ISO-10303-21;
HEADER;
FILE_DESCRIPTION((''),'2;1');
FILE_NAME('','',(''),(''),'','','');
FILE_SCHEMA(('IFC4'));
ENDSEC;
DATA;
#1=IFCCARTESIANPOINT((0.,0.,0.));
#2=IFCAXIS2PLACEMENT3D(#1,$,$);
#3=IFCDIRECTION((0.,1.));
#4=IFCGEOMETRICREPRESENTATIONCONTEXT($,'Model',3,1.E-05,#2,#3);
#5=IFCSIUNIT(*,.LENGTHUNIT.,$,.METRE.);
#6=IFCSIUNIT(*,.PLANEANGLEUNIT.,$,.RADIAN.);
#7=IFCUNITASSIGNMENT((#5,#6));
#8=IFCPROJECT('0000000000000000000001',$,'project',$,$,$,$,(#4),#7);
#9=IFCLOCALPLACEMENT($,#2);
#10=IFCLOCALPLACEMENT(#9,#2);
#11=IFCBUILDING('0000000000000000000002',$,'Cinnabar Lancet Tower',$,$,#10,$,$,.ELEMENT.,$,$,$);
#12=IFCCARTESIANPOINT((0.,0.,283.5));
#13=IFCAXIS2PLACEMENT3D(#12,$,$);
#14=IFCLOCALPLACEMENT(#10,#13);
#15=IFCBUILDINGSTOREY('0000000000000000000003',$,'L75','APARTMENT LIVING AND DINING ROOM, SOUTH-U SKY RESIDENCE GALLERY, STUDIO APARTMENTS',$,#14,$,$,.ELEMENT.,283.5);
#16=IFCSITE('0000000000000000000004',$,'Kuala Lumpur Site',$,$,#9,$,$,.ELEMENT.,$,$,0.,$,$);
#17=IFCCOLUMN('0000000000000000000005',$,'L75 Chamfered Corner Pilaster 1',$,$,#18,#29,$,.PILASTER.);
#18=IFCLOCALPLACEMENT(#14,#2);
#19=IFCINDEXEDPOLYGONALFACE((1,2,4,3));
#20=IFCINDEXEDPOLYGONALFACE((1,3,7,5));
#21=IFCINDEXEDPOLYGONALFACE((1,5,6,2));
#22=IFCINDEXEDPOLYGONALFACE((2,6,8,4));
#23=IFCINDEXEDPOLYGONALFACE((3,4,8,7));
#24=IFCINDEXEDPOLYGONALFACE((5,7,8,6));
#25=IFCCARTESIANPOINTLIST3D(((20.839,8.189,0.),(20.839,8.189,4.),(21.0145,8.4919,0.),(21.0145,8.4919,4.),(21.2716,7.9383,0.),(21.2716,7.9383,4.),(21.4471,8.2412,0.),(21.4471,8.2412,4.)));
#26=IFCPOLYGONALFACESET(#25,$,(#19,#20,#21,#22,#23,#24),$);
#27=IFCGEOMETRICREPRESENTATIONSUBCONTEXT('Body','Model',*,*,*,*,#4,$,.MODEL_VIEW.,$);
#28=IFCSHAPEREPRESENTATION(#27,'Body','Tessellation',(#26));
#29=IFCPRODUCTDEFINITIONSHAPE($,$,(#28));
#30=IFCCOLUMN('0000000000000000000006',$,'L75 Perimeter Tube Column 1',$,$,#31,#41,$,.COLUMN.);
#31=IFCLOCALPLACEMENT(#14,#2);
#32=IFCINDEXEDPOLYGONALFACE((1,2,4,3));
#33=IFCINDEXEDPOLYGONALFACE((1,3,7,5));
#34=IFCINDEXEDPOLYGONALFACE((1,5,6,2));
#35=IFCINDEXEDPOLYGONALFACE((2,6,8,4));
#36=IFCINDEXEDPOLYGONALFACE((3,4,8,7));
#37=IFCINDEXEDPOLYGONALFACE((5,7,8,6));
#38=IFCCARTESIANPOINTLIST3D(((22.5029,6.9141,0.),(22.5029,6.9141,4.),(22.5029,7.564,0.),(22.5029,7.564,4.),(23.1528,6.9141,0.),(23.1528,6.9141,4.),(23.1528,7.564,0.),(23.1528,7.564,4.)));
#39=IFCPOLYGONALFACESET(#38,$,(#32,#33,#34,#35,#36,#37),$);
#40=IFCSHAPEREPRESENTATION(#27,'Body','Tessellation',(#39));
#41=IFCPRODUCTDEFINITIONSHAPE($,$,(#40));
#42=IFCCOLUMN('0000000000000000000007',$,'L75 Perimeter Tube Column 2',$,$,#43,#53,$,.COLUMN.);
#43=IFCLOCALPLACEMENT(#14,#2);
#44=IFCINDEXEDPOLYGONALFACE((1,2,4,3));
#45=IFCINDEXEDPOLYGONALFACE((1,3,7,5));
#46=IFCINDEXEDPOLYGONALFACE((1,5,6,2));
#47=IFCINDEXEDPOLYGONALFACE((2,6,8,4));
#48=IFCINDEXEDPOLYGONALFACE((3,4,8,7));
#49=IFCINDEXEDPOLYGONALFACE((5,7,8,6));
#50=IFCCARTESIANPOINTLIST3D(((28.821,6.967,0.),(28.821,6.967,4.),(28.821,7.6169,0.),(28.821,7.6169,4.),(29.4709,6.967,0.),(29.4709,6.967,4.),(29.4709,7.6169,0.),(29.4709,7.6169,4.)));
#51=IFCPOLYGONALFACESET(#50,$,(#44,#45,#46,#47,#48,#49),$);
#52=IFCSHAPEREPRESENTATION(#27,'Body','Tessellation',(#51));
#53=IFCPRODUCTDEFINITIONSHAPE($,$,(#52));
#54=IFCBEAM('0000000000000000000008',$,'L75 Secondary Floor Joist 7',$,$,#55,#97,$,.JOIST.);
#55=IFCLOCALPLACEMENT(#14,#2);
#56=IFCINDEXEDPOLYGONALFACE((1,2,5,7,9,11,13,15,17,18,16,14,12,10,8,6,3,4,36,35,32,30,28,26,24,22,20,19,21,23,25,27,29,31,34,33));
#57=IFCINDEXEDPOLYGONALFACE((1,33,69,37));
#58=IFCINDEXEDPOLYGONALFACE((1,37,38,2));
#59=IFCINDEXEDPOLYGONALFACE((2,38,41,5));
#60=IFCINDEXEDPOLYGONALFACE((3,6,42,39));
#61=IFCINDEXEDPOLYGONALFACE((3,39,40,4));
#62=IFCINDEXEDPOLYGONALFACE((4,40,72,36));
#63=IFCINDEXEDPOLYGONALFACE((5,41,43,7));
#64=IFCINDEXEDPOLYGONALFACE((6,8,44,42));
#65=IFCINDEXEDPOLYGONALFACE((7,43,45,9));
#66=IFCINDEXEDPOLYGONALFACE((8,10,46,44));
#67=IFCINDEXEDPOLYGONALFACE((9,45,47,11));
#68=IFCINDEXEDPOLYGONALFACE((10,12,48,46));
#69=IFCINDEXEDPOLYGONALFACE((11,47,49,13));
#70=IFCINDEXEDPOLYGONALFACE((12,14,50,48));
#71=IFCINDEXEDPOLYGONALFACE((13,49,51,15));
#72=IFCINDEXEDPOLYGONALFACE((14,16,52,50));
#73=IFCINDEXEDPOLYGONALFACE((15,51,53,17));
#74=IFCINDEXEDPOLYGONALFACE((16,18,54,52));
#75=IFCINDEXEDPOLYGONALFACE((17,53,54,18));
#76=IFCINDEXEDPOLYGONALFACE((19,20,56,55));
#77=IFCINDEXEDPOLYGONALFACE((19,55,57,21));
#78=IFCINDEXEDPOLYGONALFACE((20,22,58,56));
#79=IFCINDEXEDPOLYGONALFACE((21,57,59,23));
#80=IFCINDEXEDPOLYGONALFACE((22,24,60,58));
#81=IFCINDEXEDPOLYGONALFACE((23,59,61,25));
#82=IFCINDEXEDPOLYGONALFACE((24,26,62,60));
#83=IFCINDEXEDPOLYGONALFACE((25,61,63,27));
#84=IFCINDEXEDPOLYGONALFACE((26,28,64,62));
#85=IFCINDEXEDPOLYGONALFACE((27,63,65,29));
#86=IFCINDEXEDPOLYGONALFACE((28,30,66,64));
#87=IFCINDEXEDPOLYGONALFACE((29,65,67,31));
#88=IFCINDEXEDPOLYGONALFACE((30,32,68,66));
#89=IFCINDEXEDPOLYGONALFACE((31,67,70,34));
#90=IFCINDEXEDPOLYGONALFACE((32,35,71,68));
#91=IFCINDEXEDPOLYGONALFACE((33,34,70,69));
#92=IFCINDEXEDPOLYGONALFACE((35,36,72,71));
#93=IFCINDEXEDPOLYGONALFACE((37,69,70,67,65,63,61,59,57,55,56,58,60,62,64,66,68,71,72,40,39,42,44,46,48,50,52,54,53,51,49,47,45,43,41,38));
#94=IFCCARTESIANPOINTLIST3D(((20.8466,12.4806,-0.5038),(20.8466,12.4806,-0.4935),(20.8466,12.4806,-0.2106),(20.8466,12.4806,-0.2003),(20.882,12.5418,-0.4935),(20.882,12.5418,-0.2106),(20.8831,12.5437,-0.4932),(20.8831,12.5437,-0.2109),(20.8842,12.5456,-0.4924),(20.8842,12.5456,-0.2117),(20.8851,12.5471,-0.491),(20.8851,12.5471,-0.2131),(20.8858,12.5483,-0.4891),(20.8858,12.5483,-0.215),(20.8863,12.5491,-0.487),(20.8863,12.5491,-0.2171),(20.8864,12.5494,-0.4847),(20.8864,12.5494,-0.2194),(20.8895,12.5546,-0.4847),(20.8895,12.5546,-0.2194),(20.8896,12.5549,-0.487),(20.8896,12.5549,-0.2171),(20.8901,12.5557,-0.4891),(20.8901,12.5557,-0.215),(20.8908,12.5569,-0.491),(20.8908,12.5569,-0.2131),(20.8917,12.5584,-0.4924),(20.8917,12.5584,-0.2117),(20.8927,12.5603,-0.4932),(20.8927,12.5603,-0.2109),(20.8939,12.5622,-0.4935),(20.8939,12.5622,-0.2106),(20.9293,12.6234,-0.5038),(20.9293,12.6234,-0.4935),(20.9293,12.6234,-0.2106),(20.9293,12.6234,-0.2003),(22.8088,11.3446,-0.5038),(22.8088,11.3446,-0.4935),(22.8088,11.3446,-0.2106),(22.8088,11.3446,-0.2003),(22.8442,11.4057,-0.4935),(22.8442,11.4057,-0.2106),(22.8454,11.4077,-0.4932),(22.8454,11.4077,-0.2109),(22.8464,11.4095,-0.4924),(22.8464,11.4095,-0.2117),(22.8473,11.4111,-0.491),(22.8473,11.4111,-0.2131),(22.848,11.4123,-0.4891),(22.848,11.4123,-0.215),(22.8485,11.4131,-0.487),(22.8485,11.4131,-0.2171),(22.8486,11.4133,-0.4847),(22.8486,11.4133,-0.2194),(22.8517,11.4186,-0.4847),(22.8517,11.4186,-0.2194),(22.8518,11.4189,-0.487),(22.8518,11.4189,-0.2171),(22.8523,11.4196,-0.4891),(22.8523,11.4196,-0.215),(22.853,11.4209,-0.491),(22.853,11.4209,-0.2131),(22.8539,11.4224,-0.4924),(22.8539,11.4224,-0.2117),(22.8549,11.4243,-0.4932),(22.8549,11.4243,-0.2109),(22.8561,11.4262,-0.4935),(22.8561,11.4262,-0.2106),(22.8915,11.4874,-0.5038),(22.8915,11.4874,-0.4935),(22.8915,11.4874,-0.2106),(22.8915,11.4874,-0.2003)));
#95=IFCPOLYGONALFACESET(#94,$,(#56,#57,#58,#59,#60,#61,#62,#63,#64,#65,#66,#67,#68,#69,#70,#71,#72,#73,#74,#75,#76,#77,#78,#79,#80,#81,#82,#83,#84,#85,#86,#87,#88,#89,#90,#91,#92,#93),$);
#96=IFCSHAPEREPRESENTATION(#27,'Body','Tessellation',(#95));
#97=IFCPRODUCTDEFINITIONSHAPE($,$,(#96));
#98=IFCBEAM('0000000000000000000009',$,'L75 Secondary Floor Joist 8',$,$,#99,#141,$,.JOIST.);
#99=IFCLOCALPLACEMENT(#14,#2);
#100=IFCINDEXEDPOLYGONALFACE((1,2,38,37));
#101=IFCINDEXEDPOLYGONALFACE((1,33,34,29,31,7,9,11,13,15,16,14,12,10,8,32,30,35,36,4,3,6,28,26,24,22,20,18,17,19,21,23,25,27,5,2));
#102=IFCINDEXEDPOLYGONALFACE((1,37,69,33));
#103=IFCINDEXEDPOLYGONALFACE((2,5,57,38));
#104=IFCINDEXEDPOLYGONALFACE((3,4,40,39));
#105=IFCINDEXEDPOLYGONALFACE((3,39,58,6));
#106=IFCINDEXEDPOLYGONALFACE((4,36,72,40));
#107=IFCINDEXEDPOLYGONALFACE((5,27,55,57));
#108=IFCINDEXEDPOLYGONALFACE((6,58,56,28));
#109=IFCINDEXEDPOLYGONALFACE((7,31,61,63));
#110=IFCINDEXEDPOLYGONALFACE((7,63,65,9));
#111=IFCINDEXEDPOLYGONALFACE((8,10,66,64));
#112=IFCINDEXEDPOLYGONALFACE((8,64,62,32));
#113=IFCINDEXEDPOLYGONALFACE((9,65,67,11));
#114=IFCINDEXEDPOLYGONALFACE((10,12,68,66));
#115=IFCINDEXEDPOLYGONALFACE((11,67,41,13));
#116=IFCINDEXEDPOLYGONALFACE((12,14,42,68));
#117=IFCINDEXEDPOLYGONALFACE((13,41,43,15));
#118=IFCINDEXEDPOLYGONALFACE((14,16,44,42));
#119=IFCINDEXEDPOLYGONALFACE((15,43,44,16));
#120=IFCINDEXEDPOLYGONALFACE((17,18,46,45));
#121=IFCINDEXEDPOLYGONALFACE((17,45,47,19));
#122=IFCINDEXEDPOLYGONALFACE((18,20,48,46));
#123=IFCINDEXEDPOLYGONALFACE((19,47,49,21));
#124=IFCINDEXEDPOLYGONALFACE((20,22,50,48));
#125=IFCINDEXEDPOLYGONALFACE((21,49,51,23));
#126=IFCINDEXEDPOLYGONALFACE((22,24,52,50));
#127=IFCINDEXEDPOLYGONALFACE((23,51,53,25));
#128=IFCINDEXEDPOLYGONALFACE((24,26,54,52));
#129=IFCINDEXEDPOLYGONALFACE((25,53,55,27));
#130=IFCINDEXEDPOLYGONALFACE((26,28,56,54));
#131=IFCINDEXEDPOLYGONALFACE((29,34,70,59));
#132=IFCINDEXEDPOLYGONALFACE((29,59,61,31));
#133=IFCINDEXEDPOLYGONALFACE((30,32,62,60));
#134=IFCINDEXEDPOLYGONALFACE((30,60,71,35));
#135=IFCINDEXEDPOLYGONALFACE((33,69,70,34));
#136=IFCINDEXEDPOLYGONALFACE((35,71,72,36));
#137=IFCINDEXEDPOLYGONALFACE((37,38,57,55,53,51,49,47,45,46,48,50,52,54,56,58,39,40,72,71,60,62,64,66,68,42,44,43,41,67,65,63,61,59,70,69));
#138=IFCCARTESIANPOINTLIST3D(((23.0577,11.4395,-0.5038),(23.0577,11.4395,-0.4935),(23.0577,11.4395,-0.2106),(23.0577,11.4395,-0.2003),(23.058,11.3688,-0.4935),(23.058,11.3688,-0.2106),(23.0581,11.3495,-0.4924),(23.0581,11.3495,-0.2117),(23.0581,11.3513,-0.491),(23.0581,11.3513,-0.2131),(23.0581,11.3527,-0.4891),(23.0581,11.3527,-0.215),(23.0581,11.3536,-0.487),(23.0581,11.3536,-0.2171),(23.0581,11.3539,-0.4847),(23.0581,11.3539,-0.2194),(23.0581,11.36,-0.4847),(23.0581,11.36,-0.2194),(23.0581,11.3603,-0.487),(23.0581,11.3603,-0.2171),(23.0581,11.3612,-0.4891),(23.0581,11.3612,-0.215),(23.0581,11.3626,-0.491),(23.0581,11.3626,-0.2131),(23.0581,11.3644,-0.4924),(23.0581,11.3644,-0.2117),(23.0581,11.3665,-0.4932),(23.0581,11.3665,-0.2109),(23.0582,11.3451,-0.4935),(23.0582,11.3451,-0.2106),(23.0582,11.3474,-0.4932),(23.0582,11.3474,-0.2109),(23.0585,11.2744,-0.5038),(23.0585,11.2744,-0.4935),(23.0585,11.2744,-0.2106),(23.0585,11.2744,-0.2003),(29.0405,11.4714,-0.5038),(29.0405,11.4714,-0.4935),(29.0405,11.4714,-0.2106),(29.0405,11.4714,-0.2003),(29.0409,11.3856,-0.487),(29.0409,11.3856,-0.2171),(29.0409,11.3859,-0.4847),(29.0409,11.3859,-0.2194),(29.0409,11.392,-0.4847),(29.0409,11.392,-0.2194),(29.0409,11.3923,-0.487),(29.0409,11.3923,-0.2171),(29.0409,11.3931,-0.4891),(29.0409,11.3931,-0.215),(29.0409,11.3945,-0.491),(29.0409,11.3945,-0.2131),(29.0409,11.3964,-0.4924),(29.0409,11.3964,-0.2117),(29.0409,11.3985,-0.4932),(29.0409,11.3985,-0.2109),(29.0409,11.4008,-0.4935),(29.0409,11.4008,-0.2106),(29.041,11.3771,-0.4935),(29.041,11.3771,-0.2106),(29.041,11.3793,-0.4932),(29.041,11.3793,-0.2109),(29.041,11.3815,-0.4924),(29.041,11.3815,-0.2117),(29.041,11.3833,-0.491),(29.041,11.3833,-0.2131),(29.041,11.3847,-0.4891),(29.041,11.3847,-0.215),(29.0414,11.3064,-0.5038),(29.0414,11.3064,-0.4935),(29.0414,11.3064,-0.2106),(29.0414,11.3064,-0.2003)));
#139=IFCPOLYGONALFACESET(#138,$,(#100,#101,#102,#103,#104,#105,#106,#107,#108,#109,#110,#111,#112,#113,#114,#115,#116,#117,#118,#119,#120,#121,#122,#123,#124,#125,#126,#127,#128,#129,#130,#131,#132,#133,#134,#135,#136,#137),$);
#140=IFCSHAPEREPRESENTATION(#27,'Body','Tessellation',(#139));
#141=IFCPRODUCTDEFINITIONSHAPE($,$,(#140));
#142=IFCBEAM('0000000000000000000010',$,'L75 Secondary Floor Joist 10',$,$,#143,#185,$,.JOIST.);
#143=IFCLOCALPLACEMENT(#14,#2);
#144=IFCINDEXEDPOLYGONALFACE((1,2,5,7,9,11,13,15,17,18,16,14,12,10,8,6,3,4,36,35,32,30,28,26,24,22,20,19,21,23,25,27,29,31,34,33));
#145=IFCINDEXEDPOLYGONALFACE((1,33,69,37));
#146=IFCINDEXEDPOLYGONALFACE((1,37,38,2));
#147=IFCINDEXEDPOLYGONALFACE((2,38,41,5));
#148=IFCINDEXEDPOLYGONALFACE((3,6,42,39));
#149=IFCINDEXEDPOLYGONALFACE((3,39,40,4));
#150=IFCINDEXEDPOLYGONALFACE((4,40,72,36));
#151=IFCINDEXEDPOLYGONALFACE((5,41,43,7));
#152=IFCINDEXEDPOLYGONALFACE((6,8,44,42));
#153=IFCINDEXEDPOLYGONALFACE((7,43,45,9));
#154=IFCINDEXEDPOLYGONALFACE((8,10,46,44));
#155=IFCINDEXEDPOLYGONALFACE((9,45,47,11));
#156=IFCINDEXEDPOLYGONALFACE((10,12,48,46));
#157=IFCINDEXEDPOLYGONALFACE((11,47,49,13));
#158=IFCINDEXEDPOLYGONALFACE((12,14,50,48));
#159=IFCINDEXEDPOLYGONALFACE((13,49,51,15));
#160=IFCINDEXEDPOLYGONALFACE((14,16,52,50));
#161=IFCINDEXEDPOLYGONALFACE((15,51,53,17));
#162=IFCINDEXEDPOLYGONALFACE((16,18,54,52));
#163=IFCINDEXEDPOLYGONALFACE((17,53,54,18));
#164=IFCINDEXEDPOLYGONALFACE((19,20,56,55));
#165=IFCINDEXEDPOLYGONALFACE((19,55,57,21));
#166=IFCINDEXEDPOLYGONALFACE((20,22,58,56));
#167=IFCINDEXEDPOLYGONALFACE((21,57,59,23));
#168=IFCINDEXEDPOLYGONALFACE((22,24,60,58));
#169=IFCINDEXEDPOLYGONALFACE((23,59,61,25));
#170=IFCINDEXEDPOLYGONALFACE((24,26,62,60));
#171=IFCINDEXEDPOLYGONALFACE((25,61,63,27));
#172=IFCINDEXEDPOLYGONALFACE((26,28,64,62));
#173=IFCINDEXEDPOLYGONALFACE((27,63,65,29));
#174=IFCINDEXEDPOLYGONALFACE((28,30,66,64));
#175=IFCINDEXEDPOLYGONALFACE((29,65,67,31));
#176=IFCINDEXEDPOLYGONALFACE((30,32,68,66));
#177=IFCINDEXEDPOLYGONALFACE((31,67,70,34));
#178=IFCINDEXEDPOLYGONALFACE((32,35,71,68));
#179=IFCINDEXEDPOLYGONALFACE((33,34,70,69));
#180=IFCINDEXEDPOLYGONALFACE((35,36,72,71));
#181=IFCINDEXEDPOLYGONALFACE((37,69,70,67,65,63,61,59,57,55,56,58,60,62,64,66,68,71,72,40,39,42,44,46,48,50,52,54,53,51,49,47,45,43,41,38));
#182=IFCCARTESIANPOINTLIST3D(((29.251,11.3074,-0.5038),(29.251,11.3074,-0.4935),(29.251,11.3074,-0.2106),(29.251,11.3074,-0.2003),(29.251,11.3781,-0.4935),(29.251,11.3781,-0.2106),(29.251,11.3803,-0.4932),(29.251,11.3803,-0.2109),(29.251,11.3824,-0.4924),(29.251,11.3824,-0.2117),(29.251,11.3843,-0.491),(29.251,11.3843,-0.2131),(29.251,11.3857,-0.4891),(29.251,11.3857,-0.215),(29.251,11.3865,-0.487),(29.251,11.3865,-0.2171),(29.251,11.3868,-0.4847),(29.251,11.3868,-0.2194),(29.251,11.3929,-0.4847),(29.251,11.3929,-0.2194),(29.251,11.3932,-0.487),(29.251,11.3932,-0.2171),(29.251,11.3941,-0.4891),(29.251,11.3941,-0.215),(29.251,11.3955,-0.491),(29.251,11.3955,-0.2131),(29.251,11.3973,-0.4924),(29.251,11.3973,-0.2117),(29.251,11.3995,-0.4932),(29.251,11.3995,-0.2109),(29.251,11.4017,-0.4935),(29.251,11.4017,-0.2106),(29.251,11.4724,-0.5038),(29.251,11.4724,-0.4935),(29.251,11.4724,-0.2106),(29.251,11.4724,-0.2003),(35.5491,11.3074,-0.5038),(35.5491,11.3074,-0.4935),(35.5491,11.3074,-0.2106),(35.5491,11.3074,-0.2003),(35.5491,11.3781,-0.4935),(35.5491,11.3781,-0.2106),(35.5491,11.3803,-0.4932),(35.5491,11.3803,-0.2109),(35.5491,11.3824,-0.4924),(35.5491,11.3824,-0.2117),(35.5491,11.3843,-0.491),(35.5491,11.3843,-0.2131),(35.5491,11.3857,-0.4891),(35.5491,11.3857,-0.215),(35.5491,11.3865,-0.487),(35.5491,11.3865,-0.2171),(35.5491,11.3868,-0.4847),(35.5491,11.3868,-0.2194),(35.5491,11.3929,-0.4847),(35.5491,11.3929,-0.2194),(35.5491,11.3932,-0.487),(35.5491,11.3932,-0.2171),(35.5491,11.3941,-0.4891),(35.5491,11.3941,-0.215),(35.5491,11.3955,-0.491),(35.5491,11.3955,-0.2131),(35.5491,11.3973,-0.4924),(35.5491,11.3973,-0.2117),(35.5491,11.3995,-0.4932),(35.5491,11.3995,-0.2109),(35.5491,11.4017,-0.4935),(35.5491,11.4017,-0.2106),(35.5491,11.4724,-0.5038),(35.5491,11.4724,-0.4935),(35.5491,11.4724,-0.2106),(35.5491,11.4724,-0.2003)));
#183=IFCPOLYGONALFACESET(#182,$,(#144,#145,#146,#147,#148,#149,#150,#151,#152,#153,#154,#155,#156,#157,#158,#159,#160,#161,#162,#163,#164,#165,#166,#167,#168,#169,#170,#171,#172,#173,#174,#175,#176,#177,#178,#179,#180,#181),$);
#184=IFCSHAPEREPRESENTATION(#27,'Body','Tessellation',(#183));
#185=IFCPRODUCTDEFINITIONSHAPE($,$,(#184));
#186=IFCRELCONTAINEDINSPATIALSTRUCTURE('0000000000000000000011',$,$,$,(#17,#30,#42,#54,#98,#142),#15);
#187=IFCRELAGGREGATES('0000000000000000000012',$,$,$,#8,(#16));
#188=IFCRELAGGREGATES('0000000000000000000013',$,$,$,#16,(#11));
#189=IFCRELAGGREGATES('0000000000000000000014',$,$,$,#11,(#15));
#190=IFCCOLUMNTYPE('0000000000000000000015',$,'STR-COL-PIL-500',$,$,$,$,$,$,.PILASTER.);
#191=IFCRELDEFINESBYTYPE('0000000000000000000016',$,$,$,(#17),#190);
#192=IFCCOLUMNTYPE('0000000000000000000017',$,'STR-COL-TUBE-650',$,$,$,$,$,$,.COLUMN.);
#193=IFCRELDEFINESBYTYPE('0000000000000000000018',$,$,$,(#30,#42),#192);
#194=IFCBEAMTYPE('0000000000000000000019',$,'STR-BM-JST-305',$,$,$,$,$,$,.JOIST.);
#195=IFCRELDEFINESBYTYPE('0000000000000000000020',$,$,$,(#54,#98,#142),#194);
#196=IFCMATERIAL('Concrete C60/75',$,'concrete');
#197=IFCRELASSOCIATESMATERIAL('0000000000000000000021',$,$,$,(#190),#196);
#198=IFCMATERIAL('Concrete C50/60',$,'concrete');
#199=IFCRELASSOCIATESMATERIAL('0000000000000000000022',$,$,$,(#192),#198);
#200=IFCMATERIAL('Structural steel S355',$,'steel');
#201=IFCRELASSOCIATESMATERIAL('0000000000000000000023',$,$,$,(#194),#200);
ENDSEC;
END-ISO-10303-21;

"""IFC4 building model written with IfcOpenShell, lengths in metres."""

from ifc_helpers import new_model, si_unit, direction, frame, origin, origin_2d, place, context, subcontext, project, spatial, rectangle, i_section, extrude, material, material_profile, profile_set, type_object, element, save


model = new_model("IFC4")

# Units and contexts
model_context = context("Model", 3, precision=1e-05, world=origin(), true_north=direction((0.0, 1.0)))
body_context = subcontext(model_context, "Body", "Model", "MODEL_VIEW")
ifc_project = project(units=[si_unit("LENGTHUNIT", "METRE"), si_unit("PLANEANGLEUNIT", "RADIAN")], contexts=[model_context])

# Site, building, storey
site_placement = place(None, origin())
site = spatial("IfcSite", under=ifc_project, at=site_placement, Name="Kuala Lumpur Site", CompositionType="ELEMENT", RefElevation=0.0)
building_placement = place(site_placement, origin())
building = spatial("IfcBuilding", under=site, at=building_placement, Name="Cinnabar Lancet Tower", CompositionType="ELEMENT")
storey_placement = place(building_placement, frame((0.0, 0.0, 283.5)))
storey = spatial("IfcBuildingStorey", under=building, at=storey_placement, Name="L75", Description="APARTMENT LIVING AND DINING ROOM, SOUTH-U SKY RESIDENCE GALLERY, STUDIO APARTMENTS", CompositionType="ELEMENT", Elevation=283.5)

# Columns
ifc_material_1 = material(Name="Concrete C60/75", Category="concrete")
ifc_material_profile_1 = material_profile(ifc_material_1, rectangle(XDim=0.5, YDim=0.3501, at=origin_2d()), Name="RC-PIL 500x350")
ifc_profile_set_1 = profile_set([ifc_material_profile_1], Name="Concrete C60/75")
column_type_1 = type_object("IfcColumnType", Name="STR-COL-PIL-500", PredefinedType="PILASTER", material=ifc_profile_set_1)
column_placement = place(storey_placement, frame((21.1431, 8.2151, 0.0), z_axis=(0.0, 0.0, 1.0), x_axis=(0.865256, -0.50133, 0.0)))
element("IfcColumn", 1, at=column_placement, inside=storey, type_object=column_type_1, Name="L75 Chamfered Corner Pilaster 1", PredefinedType="PILASTER", context=body_context, shape_type="SweptSolid", body=[
    extrude(rectangle(XDim=0.5, YDim=0.3501, at=origin_2d()), origin(), (0.0, 0.0, 1.0), 4.0),
])
ifc_material_2 = material(Name="Concrete C50/60", Category="concrete")
ifc_material_profile_2 = material_profile(ifc_material_2, rectangle(XDim=0.6499, YDim=0.6499, at=origin_2d()), Name="RC-COL 650x650")
ifc_profile_set_2 = profile_set([ifc_material_profile_2], Name="Concrete C50/60")
column_type_2 = type_object("IfcColumnType", Name="STR-COL-TUBE-650", PredefinedType="COLUMN", material=ifc_profile_set_2)
for number, where, z_axis, x_axis, name in (
    (2, (22.8279, 7.239, 0.0), (0.0, 0.0, 1.0), (1.0, 0.0, 0.0), "L75 Perimeter Tube Column 1"),
    (3, (29.146, 7.292, 0.0), (0.0, 0.0, 1.0), (1.0, 0.0, 0.0), "L75 Perimeter Tube Column 2"),
):
    element("IfcColumn", number, at=place(storey_placement, frame(where, z_axis=z_axis, x_axis=x_axis)), inside=storey, type_object=column_type_2, Name=name, PredefinedType="COLUMN", context=body_context, shape_type="SweptSolid", body=[
        extrude(rectangle(XDim=0.6499, YDim=0.6499, at=origin_2d()), origin(), (0.0, 0.0, 1.0), 4.0),
    ])

# Beams
ifc_material_3 = material(Name="Structural steel S355", Category="steel")
ifc_material_profile_3 = material_profile(ifc_material_3, i_section(OverallWidth=0.165, OverallDepth=0.3035, WebThickness=0.0061, FlangeThickness=0.0103, FilletRadius=0.0088, at=origin_2d()), Name="UKB 305x165x40")
ifc_profile_set_3 = profile_set([ifc_material_profile_3], Name="Structural steel S355")
beam_type_1 = type_object("IfcBeamType", Name="STR-BM-JST-305", PredefinedType="JOIST", material=ifc_profile_set_3)
beam_1_placement = place(storey_placement, frame((20.8879, 12.552, -0.3521), z_axis=(0.865426, -0.501036, 0.0), x_axis=(0.501036, 0.865426, 0.0)))
element("IfcBeam", 4, at=beam_1_placement, inside=storey, type_object=beam_type_1, Name="L75 Secondary Floor Joist 7", PredefinedType="JOIST", context=body_context, shape_type="SweptSolid", body=[
    extrude(i_section(OverallWidth=0.165, OverallDepth=0.3035, WebThickness=0.0061, FlangeThickness=0.0103, FilletRadius=0.0088, at=origin_2d()), origin(), (0.0, 0.0, 1.0), 2.2673),
])
beam_2_placement = place(storey_placement, frame((23.0581, 11.3569, -0.3521), z_axis=(0.999986, 0.005346, 0.0), x_axis=(-0.005346, 0.999986, 0.0)))
element("IfcBeam", 5, at=beam_2_placement, inside=storey, type_object=beam_type_1, Name="L75 Secondary Floor Joist 8", PredefinedType="JOIST", context=body_context, shape_type="SweptSolid", body=[
    extrude(i_section(OverallWidth=0.165, OverallDepth=0.3035, WebThickness=0.0061, FlangeThickness=0.0103, FilletRadius=0.0088, at=origin_2d()), origin(), (0.0, 0.0, 1.0), 5.9829),
])
beam_3_placement = place(storey_placement, frame((29.251, 11.3899, -0.3521), z_axis=(1.0, 0.0, 0.0), x_axis=(0.0, 1.0, 0.0)))
element("IfcBeam", 6, at=beam_3_placement, inside=storey, type_object=beam_type_1, Name="L75 Secondary Floor Joist 10", PredefinedType="JOIST", context=body_context, shape_type="SweptSolid", body=[
    extrude(i_section(OverallWidth=0.165, OverallDepth=0.3035, WebThickness=0.0061, FlangeThickness=0.0103, FilletRadius=0.0088, at=origin_2d()), origin(), (0.0, 0.0, 1.0), 6.2981),
])

save(model, "model.ifc")
